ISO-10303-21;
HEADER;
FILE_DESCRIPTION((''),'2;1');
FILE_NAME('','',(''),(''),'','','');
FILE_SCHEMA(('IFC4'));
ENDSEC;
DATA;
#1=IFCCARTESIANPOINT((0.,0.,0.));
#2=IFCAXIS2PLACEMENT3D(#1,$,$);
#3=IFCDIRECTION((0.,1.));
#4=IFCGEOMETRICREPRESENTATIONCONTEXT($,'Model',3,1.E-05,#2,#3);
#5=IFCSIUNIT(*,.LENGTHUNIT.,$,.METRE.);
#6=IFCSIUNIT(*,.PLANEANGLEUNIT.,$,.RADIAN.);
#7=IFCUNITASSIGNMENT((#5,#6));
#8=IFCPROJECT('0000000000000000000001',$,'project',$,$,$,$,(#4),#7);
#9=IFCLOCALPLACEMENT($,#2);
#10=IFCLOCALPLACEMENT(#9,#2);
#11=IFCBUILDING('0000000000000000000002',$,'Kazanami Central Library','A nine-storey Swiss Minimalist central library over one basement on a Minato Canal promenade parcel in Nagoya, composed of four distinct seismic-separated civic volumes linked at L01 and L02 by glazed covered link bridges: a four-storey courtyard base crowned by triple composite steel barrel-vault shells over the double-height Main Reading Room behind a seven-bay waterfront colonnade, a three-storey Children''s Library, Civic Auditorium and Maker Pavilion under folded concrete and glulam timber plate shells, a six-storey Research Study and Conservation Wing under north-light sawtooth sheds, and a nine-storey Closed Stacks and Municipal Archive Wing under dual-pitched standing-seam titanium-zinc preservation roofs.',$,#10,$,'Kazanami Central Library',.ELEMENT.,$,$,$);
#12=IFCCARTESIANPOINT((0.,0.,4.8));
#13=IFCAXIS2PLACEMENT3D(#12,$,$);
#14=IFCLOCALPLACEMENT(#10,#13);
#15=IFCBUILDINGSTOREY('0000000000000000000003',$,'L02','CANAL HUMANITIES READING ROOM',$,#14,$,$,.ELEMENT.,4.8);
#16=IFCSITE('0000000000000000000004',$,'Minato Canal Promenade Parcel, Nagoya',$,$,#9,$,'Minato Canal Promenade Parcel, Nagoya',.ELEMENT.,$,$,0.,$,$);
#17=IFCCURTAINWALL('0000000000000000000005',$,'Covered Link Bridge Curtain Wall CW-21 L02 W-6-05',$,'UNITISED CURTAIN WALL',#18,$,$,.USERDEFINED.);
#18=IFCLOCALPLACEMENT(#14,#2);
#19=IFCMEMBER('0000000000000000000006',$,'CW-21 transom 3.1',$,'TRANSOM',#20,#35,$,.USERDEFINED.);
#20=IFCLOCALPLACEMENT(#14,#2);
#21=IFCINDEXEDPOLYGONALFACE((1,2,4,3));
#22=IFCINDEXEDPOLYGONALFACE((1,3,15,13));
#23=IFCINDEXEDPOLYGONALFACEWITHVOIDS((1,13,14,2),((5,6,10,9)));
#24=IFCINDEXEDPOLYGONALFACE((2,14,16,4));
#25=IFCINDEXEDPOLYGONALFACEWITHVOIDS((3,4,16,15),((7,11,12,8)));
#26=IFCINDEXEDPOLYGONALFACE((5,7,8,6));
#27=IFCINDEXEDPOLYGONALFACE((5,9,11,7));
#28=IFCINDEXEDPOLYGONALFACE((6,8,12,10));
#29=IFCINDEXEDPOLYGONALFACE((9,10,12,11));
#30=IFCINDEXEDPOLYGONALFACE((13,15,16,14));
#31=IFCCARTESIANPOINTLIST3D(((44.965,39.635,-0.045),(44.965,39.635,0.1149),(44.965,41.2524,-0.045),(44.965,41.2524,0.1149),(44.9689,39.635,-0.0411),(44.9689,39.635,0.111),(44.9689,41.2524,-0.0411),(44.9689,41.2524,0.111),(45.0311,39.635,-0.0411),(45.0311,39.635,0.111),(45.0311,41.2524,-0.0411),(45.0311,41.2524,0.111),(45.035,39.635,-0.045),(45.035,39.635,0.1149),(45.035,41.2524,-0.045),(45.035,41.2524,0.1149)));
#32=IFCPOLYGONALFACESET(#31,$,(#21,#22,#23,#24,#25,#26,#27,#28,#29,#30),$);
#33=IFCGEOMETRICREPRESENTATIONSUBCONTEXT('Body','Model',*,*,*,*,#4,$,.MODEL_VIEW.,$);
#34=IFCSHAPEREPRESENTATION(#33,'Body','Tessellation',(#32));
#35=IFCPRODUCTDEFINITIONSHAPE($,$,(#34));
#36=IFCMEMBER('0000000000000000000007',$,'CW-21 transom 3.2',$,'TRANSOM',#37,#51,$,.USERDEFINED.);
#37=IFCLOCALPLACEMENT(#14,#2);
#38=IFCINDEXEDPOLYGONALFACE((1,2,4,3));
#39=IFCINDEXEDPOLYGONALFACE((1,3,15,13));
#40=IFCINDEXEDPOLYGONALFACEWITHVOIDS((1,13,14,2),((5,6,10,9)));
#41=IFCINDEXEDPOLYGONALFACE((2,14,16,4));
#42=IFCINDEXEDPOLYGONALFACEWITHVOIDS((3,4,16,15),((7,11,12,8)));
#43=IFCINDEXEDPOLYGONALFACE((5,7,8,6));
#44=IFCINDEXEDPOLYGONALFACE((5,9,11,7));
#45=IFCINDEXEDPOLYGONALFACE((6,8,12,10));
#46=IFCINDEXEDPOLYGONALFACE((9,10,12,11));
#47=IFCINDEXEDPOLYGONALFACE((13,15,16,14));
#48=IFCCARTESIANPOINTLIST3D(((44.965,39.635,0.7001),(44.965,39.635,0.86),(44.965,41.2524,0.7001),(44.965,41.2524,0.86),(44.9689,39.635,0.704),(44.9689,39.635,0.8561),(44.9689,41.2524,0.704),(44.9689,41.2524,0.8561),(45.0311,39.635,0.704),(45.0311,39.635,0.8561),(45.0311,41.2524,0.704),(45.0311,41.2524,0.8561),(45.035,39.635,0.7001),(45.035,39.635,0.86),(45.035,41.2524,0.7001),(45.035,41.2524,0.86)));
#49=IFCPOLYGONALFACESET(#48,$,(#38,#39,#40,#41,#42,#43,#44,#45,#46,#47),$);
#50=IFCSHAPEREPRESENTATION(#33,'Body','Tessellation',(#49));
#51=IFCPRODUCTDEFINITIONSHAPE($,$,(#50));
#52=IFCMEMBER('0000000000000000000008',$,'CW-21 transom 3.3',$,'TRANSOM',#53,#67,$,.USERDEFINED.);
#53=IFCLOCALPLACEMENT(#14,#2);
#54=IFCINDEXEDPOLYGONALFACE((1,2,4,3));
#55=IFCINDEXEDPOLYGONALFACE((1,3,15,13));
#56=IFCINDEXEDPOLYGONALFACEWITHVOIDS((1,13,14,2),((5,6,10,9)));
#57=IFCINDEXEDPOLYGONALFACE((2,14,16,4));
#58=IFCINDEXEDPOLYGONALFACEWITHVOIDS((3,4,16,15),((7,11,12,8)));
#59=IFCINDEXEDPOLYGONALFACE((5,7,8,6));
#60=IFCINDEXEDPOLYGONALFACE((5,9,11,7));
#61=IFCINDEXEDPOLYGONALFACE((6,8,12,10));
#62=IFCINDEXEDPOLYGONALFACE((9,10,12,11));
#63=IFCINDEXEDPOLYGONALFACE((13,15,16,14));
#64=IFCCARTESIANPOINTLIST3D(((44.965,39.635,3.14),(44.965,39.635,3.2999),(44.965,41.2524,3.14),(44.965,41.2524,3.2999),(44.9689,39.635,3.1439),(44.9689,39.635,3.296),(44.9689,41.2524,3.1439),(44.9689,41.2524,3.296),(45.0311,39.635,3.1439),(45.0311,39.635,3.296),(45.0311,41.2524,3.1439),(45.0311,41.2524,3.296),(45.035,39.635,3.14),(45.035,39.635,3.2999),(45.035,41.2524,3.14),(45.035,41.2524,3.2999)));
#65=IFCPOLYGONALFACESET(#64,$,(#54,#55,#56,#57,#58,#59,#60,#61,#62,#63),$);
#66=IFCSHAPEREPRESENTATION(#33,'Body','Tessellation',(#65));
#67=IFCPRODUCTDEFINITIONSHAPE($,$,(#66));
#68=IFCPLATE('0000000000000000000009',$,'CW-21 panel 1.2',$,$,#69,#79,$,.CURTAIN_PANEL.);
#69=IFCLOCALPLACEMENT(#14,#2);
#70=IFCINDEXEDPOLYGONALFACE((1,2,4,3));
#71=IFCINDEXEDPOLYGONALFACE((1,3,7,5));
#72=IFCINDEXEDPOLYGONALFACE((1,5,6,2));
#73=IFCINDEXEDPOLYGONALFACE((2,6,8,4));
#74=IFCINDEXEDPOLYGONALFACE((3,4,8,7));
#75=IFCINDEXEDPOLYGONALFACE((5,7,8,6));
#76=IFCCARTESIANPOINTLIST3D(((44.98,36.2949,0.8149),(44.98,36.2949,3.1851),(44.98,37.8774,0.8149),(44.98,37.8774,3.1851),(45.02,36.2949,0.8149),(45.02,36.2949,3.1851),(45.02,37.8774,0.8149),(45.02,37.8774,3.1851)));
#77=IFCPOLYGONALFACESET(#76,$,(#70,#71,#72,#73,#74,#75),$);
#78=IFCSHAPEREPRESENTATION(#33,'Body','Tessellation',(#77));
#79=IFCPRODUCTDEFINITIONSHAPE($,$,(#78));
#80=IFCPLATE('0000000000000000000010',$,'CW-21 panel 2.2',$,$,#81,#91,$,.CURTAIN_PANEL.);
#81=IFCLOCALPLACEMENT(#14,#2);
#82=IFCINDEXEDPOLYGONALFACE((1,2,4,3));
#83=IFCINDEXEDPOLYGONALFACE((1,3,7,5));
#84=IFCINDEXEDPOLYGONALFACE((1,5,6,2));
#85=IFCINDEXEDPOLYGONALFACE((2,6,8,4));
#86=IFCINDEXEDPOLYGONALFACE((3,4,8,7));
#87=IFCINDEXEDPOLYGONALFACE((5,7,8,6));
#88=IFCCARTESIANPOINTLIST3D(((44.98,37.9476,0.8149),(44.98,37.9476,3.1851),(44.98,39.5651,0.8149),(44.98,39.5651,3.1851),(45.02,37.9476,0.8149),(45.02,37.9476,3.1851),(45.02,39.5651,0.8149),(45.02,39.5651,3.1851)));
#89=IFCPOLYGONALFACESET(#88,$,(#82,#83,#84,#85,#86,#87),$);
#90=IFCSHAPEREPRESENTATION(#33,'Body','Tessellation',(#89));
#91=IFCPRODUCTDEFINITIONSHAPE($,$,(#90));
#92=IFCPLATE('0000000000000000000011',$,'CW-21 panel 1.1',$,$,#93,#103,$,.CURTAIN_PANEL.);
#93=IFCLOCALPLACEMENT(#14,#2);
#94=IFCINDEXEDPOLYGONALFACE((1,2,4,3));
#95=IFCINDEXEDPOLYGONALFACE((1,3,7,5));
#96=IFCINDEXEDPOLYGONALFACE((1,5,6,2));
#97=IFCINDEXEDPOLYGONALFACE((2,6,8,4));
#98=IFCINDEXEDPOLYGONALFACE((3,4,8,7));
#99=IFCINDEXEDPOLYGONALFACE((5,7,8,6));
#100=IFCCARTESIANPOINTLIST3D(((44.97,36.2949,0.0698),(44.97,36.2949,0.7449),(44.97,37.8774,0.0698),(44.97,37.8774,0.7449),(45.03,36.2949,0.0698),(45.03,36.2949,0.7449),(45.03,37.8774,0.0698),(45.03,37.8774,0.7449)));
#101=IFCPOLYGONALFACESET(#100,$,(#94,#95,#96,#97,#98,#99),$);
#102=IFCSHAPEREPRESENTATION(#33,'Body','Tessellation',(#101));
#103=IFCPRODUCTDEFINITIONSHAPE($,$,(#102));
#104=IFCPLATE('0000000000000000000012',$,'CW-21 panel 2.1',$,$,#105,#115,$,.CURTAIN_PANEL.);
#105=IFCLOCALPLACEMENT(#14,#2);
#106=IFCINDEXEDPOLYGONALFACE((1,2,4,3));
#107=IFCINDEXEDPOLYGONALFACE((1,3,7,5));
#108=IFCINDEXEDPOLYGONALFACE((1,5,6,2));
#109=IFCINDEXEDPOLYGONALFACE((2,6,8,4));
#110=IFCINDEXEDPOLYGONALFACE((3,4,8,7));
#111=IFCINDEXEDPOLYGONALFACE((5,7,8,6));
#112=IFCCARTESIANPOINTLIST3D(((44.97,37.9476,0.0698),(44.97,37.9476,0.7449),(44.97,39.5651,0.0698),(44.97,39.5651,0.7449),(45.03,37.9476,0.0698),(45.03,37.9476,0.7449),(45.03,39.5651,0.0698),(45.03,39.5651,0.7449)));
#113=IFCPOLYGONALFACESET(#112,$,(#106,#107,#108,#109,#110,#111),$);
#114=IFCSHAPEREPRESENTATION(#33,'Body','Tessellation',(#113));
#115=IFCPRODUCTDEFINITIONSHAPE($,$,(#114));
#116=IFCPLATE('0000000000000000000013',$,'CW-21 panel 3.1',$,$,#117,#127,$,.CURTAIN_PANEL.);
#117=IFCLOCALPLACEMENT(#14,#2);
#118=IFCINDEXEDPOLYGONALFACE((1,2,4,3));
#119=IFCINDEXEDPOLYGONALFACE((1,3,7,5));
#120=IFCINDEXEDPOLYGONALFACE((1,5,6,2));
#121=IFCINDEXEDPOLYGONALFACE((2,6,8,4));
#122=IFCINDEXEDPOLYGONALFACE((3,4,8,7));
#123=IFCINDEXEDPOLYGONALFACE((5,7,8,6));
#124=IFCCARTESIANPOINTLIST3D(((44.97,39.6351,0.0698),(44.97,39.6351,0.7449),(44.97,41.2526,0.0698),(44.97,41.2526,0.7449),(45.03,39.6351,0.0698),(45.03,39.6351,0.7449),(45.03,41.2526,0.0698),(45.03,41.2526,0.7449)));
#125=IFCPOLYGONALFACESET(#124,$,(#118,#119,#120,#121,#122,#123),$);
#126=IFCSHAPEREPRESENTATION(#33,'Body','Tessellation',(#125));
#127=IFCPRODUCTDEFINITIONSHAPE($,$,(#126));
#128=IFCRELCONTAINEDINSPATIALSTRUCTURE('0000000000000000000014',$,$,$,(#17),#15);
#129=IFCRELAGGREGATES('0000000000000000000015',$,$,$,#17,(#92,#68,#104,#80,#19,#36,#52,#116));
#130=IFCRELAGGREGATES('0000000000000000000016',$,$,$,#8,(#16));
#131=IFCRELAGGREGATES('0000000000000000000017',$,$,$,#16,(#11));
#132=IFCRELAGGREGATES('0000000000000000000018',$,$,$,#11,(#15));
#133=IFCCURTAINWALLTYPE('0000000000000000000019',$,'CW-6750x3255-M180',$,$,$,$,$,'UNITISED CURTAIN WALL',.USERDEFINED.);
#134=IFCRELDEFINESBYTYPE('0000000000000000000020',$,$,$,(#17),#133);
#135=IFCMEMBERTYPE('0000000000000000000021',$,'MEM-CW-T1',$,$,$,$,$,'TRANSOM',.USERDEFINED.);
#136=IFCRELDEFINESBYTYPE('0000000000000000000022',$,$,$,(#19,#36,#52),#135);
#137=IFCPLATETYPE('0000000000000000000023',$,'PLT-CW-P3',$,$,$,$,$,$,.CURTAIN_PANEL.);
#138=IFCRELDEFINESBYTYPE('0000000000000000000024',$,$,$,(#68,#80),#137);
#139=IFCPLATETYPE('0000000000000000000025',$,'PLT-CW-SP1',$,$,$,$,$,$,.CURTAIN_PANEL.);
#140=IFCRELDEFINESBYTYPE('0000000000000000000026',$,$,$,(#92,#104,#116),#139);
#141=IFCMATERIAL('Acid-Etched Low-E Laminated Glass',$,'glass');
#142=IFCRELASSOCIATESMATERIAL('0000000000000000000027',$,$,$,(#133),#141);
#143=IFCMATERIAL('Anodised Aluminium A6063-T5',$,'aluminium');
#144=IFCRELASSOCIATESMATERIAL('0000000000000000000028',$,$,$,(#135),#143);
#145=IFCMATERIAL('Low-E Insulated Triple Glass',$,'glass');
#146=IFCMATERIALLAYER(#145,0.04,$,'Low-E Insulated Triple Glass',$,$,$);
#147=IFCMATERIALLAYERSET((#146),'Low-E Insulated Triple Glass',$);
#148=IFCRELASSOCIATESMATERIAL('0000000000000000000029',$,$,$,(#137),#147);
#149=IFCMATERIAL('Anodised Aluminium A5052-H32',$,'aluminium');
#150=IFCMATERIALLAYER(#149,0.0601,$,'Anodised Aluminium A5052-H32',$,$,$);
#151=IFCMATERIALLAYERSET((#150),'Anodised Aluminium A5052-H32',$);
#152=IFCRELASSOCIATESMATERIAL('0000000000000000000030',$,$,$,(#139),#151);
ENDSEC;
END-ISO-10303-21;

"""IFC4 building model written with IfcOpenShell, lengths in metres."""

from ifc_helpers import new_model, si_unit, direction, frame, origin, origin_2d, place, context, subcontext, project, spatial, rectangle, hollow_rectangle, extrude, material, layer, layer_set, material_profile, profile_set, type_object, element, aggregate, save


model = new_model("IFC4")

# Units and contexts
model_context = context("Model", 3, precision=1e-05, world=origin(), true_north=direction((0.0, 1.0)))
body_context = subcontext(model_context, "Body", "Model", "MODEL_VIEW")
ifc_project = project(units=[si_unit("LENGTHUNIT", "METRE"), si_unit("PLANEANGLEUNIT", "RADIAN")], contexts=[model_context])

# Site, building, storey
site_placement = place(None, origin())
site = spatial("IfcSite", under=ifc_project, at=site_placement, Name="Minato Canal Promenade Parcel, Nagoya", LongName="Minato Canal Promenade Parcel, Nagoya", CompositionType="ELEMENT", RefElevation=0.0)
building_placement = place(site_placement, origin())
building = spatial("IfcBuilding", under=site, at=building_placement, Name="Kazanami Central Library", Description="A nine-storey Swiss Minimalist central library over one basement on a Minato Canal promenade parcel in Nagoya, composed of four distinct seismic-separated civic volumes linked at L01 and L02 by glazed covered link bridges: a four-storey courtyard base crowned by triple composite steel barrel-vault shells over the double-height Main Reading Room behind a seven-bay waterfront colonnade, a three-storey Children's Library, Civic Auditorium and Maker Pavilion under folded concrete and glulam timber plate shells, a six-storey Research Study and Conservation Wing under north-light sawtooth sheds, and a nine-storey Closed Stacks and Municipal Archive Wing under dual-pitched standing-seam titanium-zinc preservation roofs.", LongName="Kazanami Central Library", CompositionType="ELEMENT")
storey_placement = place(building_placement, frame((0.0, 0.0, 4.8)))
storey = spatial("IfcBuildingStorey", under=building, at=storey_placement, Name="L02", Description="CANAL HUMANITIES READING ROOM", CompositionType="ELEMENT", Elevation=4.8)

# Curtain wall, members, plates
ifc_material_1 = material(Name="Acid-Etched Low-E Laminated Glass", Category="glass")
curtain_wall_type = type_object("IfcCurtainWallType", Name="CW-6750x3255-M180", ElementType="UNITISED CURTAIN WALL", PredefinedType="USERDEFINED", material=ifc_material_1)
curtain_wall_placement = place(storey_placement, origin())
curtain_wall = element("IfcCurtainWall", 1, at=curtain_wall_placement, inside=storey, type_object=curtain_wall_type, Name="Covered Link Bridge Curtain Wall CW-21 L02 W-6-05", ObjectType="UNITISED CURTAIN WALL", PredefinedType="USERDEFINED")
ifc_material_2 = material(Name="Anodised Aluminium A6063-T5", Category="aluminium")
ifc_material_profile_1 = material_profile(ifc_material_2, hollow_rectangle(XDim=0.0701, YDim=0.1599, WallThickness=0.0039, at=origin_2d()), Name="ALU-TRAN-70x160x4")
ifc_profile_set_1 = profile_set([ifc_material_profile_1], Name="Anodised Aluminium A6063-T5")
member_type_1 = type_object("IfcMemberType", Name="MEM-CW-T1", ElementType="TRANSOM", PredefinedType="USERDEFINED", material=ifc_profile_set_1)
member_1_placement = place(storey_placement, frame((45.0, 39.635, 0.0349), z_axis=(0.0, 1.0, 0.0), x_axis=(-1.0, 0.0, 0.0)))
member_1 = element("IfcMember", 2, at=member_1_placement, type_object=member_type_1, Name="CW-21 transom 3.1", ObjectType="TRANSOM", PredefinedType="USERDEFINED", context=body_context, shape_type="SweptSolid", body=[
    extrude(hollow_rectangle(XDim=0.0701, YDim=0.1599, WallThickness=0.0039, at=origin_2d()), origin(), (0.0, 0.0, 1.0), 1.6174),
])
member_2_placement = place(storey_placement, frame((45.0, 39.635, 0.78), z_axis=(0.0, 1.0, 0.0), x_axis=(-1.0, 0.0, 0.0)))
member_2 = element("IfcMember", 3, at=member_2_placement, type_object=member_type_1, Name="CW-21 transom 3.2", ObjectType="TRANSOM", PredefinedType="USERDEFINED", context=body_context, shape_type="SweptSolid", body=[
    extrude(hollow_rectangle(XDim=0.0701, YDim=0.1599, WallThickness=0.0039, at=origin_2d()), origin(), (0.0, 0.0, 1.0), 1.6174),
])
member_3_placement = place(storey_placement, frame((45.0, 39.635, 3.22), z_axis=(0.0, 1.0, 0.0), x_axis=(-1.0, 0.0, 0.0)))
member_3 = element("IfcMember", 4, at=member_3_placement, type_object=member_type_1, Name="CW-21 transom 3.3", ObjectType="TRANSOM", PredefinedType="USERDEFINED", context=body_context, shape_type="SweptSolid", body=[
    extrude(hollow_rectangle(XDim=0.0701, YDim=0.1599, WallThickness=0.0039, at=origin_2d()), origin(), (0.0, 0.0, 1.0), 1.6174),
])
ifc_material_3 = material(Name="Low-E Insulated Triple Glass", Category="glass")
ifc_layer_1 = layer(ifc_material_3, 0.04, Name="Low-E Insulated Triple Glass")
ifc_layer_set_1 = layer_set([ifc_layer_1], Name="Low-E Insulated Triple Glass")
plate_type_1 = type_object("IfcPlateType", Name="PLT-CW-P3", PredefinedType="CURTAIN_PANEL", material=ifc_layer_set_1)
plate_1_placement = place(storey_placement, frame((45.0, 37.0862, 0.8149), z_axis=(0.0, 0.0, 1.0), x_axis=(0.0, 1.0, 0.0)))
plate_1 = element("IfcPlate", 5, at=plate_1_placement, type_object=plate_type_1, Name="CW-21 panel 1.2", PredefinedType="CURTAIN_PANEL", context=body_context, shape_type="SweptSolid", body=[
    extrude(rectangle(XDim=1.5825, YDim=0.04, at=origin_2d()), origin(), (0.0, 0.0, 1.0), 2.3701),
])
plate_2_placement = place(storey_placement, frame((45.0, 38.7563, 0.8149), z_axis=(0.0, 0.0, 1.0), x_axis=(0.0, 1.0, 0.0)))
plate_2 = element("IfcPlate", 6, at=plate_2_placement, type_object=plate_type_1, Name="CW-21 panel 2.2", PredefinedType="CURTAIN_PANEL", context=body_context, shape_type="SweptSolid", body=[
    extrude(rectangle(XDim=1.6174, YDim=0.04, at=origin_2d()), origin(), (0.0, 0.0, 1.0), 2.3701),
])
ifc_material_4 = material(Name="Anodised Aluminium A5052-H32", Category="aluminium")
ifc_layer_2 = layer(ifc_material_4, 0.0601, Name="Anodised Aluminium A5052-H32")
ifc_layer_set_2 = layer_set([ifc_layer_2], Name="Anodised Aluminium A5052-H32")
plate_type_2 = type_object("IfcPlateType", Name="PLT-CW-SP1", PredefinedType="CURTAIN_PANEL", material=ifc_layer_set_2)
plate_3_placement = place(storey_placement, frame((45.0, 37.0862, 0.0698), z_axis=(0.0, 0.0, 1.0), x_axis=(0.0, 1.0, 0.0)))
plate_3 = element("IfcPlate", 7, at=plate_3_placement, type_object=plate_type_2, Name="CW-21 panel 1.1", PredefinedType="CURTAIN_PANEL", context=body_context, shape_type="SweptSolid", body=[
    extrude(rectangle(XDim=1.5825, YDim=0.0601, at=origin_2d()), origin(), (0.0, 0.0, 1.0), 0.675),
])
plate_4_placement = place(storey_placement, frame((45.0, 38.7563, 0.0698), z_axis=(0.0, 0.0, 1.0), x_axis=(0.0, 1.0, 0.0)))
plate_4 = element("IfcPlate", 8, at=plate_4_placement, type_object=plate_type_2, Name="CW-21 panel 2.1", PredefinedType="CURTAIN_PANEL", context=body_context, shape_type="SweptSolid", body=[
    extrude(rectangle(XDim=1.6174, YDim=0.0601, at=origin_2d()), origin(), (0.0, 0.0, 1.0), 0.675),
])
plate_5_placement = place(storey_placement, frame((45.0, 40.4438, 0.0698), z_axis=(0.0, 0.0, 1.0), x_axis=(0.0, 1.0, 0.0)))
plate_5 = element("IfcPlate", 9, at=plate_5_placement, type_object=plate_type_2, Name="CW-21 panel 3.1", PredefinedType="CURTAIN_PANEL", context=body_context, shape_type="SweptSolid", body=[
    extrude(rectangle(XDim=1.6174, YDim=0.0601, at=origin_2d()), origin(), (0.0, 0.0, 1.0), 0.675),
])
aggregate(curtain_wall, [plate_3, plate_1, plate_4, plate_2, member_1, member_2, member_3, plate_5])

save(model, "model.ifc")
